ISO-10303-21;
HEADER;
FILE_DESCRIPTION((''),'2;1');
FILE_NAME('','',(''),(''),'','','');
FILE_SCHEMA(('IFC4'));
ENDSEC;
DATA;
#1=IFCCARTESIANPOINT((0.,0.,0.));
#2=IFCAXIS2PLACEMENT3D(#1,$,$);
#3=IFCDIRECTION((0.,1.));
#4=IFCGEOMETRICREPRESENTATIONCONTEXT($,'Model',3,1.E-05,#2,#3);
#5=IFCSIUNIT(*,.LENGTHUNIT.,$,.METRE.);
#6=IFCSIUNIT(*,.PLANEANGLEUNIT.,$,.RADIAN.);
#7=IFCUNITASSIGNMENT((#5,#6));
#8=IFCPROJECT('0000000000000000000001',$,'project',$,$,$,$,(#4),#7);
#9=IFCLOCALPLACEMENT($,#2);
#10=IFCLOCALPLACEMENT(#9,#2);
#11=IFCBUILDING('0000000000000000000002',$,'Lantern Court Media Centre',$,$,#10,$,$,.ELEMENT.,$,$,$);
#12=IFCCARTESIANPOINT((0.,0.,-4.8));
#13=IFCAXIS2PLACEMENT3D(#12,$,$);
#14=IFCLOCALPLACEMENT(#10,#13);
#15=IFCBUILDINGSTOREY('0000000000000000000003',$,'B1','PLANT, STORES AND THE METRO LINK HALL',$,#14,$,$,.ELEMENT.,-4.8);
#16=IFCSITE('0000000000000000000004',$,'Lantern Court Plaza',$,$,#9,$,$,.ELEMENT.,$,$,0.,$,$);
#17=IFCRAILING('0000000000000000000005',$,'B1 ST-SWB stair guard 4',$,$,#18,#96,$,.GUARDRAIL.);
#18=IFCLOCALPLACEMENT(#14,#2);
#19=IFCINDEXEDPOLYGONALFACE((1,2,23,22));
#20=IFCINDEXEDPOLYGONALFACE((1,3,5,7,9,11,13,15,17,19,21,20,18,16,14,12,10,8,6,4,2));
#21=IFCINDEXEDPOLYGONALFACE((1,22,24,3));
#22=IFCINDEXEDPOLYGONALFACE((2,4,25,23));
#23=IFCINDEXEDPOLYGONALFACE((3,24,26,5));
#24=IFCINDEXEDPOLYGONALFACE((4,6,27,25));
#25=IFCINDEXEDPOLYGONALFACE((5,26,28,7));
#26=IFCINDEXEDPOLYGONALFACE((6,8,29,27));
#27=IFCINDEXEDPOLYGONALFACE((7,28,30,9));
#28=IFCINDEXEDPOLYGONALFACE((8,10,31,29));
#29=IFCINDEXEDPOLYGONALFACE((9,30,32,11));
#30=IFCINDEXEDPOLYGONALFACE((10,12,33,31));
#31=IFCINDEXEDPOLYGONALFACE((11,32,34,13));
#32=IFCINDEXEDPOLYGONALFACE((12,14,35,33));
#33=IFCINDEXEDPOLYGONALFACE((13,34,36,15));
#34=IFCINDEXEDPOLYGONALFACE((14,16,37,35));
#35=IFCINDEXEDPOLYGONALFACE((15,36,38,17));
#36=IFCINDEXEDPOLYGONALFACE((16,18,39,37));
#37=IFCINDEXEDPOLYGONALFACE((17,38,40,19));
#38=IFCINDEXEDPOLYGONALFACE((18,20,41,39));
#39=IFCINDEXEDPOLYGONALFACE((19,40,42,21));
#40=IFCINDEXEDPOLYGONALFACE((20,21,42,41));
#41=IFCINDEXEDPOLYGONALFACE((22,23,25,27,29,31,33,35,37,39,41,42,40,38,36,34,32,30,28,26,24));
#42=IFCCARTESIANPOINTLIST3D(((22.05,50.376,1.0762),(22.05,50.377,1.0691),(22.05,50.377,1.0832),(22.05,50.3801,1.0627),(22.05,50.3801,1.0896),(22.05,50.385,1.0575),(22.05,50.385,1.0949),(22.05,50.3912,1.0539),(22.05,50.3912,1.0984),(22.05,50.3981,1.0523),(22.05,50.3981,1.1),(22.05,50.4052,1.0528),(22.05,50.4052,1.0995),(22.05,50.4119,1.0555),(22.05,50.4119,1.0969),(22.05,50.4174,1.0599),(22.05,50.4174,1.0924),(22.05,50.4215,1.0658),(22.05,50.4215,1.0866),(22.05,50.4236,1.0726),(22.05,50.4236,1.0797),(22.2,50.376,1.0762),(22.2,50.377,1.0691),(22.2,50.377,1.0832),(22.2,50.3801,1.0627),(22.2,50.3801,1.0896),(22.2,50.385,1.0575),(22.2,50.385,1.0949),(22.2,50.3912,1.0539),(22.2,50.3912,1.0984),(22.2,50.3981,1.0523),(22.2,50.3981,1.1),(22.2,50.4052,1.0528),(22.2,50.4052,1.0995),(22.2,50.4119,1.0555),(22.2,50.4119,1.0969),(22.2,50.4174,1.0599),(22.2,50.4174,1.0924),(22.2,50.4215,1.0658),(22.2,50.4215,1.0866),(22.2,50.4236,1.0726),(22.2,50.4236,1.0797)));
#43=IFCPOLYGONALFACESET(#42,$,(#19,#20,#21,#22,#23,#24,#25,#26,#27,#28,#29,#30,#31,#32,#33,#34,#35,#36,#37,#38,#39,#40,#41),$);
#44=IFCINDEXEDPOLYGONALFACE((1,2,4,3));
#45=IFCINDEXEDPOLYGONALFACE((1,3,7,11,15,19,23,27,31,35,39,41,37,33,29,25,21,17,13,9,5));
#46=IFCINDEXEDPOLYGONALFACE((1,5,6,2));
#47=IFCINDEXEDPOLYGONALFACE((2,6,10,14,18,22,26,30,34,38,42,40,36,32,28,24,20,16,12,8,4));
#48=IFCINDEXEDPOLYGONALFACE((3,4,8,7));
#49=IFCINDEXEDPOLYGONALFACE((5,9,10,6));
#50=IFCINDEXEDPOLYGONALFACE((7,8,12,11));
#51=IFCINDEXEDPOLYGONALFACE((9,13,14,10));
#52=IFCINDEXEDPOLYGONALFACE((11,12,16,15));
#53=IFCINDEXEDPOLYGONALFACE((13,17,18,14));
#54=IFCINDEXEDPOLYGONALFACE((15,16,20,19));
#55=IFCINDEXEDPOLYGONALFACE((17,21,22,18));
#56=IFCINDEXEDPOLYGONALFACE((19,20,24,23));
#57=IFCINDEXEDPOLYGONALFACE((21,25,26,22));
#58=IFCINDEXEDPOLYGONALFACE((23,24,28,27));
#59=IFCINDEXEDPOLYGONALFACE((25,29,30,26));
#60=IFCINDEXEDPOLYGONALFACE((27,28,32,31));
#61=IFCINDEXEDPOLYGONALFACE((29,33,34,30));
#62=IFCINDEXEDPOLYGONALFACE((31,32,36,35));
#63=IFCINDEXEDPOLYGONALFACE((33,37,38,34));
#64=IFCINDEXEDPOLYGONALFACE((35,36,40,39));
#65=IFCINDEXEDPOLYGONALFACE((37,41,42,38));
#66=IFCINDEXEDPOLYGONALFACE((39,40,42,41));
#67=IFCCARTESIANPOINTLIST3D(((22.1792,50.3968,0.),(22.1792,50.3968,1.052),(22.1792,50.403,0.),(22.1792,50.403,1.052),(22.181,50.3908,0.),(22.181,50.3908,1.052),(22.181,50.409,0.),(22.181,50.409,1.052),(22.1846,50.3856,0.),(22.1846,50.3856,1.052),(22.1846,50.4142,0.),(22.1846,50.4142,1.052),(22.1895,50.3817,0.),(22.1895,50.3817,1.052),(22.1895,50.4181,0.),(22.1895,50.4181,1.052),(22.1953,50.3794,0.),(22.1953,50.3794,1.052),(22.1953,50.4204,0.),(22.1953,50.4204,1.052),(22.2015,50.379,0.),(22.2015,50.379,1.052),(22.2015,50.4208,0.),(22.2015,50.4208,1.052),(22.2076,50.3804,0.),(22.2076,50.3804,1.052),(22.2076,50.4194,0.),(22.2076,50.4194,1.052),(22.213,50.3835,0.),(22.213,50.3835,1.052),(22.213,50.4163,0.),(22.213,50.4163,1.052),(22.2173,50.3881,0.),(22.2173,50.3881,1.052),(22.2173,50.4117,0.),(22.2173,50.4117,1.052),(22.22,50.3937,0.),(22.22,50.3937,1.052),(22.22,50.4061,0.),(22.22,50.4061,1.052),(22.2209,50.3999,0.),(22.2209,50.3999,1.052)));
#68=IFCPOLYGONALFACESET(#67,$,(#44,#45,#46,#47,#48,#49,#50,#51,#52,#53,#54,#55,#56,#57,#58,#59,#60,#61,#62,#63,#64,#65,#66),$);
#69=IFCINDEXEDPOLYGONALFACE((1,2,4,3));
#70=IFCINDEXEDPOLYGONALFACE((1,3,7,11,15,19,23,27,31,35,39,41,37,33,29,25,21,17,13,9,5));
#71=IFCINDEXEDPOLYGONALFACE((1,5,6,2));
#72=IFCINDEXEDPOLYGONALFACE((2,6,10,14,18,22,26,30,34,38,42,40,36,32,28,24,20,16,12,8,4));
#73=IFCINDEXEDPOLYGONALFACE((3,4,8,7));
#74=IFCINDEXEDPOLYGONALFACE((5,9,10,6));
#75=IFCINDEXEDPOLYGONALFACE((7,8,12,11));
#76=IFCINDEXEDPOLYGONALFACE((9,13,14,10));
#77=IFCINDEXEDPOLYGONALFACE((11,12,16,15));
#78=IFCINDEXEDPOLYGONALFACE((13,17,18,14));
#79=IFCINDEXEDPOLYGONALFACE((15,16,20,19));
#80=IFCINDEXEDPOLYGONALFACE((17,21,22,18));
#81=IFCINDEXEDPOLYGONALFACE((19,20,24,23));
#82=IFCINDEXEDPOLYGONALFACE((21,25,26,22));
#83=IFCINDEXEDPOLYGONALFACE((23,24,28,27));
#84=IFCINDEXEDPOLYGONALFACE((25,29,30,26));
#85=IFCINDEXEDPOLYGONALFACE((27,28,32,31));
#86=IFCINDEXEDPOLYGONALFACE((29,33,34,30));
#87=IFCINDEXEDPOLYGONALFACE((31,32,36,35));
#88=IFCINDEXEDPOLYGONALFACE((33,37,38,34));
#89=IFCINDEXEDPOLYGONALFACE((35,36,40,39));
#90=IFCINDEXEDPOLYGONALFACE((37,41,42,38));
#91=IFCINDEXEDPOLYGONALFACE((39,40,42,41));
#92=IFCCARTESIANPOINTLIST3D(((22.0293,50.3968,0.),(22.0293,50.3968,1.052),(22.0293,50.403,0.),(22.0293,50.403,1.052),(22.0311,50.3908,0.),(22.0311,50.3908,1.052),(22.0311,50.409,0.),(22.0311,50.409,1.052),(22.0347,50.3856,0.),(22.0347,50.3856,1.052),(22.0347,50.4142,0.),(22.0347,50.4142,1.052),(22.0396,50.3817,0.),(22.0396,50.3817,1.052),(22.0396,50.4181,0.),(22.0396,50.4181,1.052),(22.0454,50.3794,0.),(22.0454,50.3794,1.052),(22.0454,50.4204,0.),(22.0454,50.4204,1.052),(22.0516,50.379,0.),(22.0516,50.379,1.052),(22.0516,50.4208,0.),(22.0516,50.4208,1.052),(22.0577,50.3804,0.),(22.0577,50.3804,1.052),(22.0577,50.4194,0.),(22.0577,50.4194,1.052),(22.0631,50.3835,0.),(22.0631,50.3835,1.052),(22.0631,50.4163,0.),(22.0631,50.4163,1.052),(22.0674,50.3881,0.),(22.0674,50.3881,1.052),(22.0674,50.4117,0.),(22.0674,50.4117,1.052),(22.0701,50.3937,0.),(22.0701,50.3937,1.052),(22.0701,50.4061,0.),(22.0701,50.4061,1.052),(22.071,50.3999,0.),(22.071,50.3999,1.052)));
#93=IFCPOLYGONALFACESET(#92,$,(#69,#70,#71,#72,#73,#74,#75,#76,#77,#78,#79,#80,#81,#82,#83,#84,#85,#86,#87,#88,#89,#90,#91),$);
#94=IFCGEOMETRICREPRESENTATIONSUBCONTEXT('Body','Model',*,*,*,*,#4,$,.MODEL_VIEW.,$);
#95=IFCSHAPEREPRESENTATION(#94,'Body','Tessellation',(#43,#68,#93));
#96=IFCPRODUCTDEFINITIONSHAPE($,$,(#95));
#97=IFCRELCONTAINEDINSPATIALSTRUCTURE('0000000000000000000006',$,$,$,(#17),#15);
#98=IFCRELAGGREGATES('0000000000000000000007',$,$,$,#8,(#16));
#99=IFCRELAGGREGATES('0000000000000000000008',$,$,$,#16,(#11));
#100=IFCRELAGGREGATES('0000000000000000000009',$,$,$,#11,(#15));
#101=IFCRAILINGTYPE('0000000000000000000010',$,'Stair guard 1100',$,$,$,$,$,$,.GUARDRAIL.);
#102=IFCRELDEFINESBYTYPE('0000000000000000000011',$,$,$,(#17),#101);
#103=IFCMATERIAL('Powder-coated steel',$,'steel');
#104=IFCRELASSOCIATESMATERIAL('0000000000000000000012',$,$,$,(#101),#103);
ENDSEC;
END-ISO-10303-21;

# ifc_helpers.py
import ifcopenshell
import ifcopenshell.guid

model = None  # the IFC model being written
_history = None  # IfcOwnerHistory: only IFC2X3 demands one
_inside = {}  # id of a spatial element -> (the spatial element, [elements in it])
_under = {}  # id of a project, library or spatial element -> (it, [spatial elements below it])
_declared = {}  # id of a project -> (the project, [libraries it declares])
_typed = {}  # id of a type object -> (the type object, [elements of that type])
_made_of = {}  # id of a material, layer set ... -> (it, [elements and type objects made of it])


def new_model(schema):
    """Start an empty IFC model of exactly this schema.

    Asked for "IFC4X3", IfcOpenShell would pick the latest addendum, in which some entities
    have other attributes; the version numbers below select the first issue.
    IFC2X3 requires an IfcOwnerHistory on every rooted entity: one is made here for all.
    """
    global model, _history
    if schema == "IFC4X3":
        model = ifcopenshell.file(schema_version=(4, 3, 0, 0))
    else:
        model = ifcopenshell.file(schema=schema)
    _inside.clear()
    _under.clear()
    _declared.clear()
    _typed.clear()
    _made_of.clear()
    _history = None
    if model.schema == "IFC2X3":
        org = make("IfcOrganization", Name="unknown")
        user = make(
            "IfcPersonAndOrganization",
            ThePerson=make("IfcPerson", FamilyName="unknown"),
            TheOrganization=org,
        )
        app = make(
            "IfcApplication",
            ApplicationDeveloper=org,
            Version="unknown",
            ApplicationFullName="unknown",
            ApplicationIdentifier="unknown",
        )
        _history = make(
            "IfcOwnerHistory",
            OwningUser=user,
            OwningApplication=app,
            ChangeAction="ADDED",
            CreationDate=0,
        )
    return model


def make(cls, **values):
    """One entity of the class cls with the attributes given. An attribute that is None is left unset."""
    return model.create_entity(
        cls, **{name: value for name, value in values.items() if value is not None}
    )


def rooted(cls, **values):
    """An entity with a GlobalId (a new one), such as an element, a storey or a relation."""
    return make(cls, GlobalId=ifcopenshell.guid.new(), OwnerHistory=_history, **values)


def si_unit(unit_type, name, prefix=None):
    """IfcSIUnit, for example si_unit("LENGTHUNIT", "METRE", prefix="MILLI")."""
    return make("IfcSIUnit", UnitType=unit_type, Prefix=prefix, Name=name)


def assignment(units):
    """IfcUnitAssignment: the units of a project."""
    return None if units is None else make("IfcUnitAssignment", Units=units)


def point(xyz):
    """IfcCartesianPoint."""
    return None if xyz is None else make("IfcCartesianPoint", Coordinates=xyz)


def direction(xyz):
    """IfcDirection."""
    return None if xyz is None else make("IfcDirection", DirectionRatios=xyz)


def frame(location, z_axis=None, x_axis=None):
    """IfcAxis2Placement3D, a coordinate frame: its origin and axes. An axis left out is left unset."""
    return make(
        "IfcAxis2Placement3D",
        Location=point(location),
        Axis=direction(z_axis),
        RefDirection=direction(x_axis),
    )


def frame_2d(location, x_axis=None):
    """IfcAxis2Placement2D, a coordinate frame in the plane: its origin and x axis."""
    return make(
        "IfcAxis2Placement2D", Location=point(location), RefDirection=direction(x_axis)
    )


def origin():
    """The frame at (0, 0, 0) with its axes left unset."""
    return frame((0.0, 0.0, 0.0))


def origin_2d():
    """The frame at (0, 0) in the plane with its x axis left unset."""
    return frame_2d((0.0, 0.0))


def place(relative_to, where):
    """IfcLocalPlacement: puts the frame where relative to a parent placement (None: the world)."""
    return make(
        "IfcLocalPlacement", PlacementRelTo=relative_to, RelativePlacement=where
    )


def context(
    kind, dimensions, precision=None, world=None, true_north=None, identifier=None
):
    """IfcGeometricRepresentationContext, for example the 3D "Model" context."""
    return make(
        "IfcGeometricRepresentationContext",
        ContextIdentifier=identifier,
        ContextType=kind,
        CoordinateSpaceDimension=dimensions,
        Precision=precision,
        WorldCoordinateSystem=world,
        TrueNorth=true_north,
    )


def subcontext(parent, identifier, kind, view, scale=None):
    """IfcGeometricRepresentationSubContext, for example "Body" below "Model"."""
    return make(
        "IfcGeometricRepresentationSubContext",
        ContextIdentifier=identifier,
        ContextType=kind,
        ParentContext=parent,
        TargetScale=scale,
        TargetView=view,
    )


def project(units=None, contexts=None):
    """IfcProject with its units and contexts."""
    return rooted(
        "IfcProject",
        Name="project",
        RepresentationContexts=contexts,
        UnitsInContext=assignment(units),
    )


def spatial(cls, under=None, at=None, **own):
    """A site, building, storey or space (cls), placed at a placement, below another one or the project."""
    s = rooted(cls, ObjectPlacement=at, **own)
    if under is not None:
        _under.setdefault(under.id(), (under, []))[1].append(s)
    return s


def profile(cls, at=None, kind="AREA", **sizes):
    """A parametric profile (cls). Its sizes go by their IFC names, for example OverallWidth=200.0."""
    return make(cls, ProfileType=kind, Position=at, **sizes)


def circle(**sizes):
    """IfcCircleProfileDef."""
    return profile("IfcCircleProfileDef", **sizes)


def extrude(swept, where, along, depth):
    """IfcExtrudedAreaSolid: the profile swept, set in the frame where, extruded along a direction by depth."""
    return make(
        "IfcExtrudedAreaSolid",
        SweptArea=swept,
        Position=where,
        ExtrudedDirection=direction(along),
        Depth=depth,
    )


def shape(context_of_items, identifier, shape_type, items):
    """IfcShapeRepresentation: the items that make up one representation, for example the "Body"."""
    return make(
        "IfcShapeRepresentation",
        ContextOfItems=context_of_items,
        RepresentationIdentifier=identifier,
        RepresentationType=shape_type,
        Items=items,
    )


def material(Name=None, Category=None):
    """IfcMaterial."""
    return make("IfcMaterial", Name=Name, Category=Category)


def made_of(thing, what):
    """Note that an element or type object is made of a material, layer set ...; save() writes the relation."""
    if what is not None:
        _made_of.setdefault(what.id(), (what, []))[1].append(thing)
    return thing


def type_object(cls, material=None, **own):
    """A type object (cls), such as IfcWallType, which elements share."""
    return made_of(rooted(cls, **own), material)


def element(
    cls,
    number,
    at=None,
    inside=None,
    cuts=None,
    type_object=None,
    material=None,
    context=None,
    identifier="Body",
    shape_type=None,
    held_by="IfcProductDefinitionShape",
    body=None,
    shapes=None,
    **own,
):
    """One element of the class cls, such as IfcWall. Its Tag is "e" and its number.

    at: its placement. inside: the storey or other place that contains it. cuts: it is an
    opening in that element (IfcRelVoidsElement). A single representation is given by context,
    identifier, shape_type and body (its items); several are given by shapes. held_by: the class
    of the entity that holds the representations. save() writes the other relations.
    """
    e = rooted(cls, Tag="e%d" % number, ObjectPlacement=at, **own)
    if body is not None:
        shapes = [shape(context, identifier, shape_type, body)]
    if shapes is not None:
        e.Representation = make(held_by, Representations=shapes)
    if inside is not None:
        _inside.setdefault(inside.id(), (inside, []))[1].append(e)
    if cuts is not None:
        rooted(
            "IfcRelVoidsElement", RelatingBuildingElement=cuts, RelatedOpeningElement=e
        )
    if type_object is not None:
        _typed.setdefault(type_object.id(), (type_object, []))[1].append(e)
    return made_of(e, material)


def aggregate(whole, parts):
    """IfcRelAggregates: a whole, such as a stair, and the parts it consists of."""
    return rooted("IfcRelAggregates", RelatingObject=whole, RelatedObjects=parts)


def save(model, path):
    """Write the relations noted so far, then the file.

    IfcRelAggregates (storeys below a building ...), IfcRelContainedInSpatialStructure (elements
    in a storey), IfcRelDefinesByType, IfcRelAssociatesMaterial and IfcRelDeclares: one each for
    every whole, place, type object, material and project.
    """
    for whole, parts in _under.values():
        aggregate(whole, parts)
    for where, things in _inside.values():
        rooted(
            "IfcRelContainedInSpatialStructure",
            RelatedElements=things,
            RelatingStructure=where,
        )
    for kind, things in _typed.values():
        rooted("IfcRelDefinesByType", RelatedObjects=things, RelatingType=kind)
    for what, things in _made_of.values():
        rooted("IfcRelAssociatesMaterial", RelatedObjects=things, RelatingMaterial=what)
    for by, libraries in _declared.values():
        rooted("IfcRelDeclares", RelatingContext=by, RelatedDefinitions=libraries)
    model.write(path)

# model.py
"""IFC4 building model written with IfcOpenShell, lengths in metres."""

from ifc_helpers import new_model, si_unit, direction, frame, origin, origin_2d, place, context, subcontext, project, spatial, circle, extrude, material, type_object, element, save


model = new_model("IFC4")

# Units and contexts
model_context = context("Model", 3, precision=1e-05, world=origin(), true_north=direction((0.0, 1.0)))
body_context = subcontext(model_context, "Body", "Model", "MODEL_VIEW")
ifc_project = project(units=[si_unit("LENGTHUNIT", "METRE"), si_unit("PLANEANGLEUNIT", "RADIAN")], contexts=[model_context])

# Site, building, storey
site_placement = place(None, origin())
site = spatial("IfcSite", under=ifc_project, at=site_placement, Name="Lantern Court Plaza", CompositionType="ELEMENT", RefElevation=0.0)
building_placement = place(site_placement, origin())
building = spatial("IfcBuilding", under=site, at=building_placement, Name="Lantern Court Media Centre", CompositionType="ELEMENT")
storey_placement = place(building_placement, frame((0.0, 0.0, -4.8)))
storey = spatial("IfcBuildingStorey", under=building, at=storey_placement, Name="B1", Description="PLANT, STORES AND THE METRO LINK HALL", CompositionType="ELEMENT", Elevation=-4.8)

# Railing
ifc_material_1 = material(Name="Powder-coated steel", Category="steel")
railing_type_1 = type_object("IfcRailingType", Name="Stair guard 1100", PredefinedType="GUARDRAIL", material=ifc_material_1)
railing_1_placement = place(storey_placement, frame((22.2, 50.3999, 0.0)))
element("IfcRailing", 1, at=railing_1_placement, inside=storey, type_object=railing_type_1, Name="B1 ST-SWB stair guard 4", PredefinedType="GUARDRAIL", context=body_context, shape_type="SweptSolid", body=[
    extrude(circle(Radius=0.0239, at=origin_2d()), frame((0.0, 0.0, 1.0762), z_axis=(-1.0, 0.0, 0.0), x_axis=(0.0, -1.0, 0.0)), (0.0, 0.0, 1.0), 0.1499),
    extrude(circle(Radius=0.021, at=origin_2d()), origin(), (0.0, 0.0, 1.0), 1.052),
    extrude(circle(Radius=0.021, at=origin_2d()), frame((-0.1499, 0.0, 0.0)), (0.0, 0.0, 1.0), 1.052),
])

save(model, "model.ifc")
